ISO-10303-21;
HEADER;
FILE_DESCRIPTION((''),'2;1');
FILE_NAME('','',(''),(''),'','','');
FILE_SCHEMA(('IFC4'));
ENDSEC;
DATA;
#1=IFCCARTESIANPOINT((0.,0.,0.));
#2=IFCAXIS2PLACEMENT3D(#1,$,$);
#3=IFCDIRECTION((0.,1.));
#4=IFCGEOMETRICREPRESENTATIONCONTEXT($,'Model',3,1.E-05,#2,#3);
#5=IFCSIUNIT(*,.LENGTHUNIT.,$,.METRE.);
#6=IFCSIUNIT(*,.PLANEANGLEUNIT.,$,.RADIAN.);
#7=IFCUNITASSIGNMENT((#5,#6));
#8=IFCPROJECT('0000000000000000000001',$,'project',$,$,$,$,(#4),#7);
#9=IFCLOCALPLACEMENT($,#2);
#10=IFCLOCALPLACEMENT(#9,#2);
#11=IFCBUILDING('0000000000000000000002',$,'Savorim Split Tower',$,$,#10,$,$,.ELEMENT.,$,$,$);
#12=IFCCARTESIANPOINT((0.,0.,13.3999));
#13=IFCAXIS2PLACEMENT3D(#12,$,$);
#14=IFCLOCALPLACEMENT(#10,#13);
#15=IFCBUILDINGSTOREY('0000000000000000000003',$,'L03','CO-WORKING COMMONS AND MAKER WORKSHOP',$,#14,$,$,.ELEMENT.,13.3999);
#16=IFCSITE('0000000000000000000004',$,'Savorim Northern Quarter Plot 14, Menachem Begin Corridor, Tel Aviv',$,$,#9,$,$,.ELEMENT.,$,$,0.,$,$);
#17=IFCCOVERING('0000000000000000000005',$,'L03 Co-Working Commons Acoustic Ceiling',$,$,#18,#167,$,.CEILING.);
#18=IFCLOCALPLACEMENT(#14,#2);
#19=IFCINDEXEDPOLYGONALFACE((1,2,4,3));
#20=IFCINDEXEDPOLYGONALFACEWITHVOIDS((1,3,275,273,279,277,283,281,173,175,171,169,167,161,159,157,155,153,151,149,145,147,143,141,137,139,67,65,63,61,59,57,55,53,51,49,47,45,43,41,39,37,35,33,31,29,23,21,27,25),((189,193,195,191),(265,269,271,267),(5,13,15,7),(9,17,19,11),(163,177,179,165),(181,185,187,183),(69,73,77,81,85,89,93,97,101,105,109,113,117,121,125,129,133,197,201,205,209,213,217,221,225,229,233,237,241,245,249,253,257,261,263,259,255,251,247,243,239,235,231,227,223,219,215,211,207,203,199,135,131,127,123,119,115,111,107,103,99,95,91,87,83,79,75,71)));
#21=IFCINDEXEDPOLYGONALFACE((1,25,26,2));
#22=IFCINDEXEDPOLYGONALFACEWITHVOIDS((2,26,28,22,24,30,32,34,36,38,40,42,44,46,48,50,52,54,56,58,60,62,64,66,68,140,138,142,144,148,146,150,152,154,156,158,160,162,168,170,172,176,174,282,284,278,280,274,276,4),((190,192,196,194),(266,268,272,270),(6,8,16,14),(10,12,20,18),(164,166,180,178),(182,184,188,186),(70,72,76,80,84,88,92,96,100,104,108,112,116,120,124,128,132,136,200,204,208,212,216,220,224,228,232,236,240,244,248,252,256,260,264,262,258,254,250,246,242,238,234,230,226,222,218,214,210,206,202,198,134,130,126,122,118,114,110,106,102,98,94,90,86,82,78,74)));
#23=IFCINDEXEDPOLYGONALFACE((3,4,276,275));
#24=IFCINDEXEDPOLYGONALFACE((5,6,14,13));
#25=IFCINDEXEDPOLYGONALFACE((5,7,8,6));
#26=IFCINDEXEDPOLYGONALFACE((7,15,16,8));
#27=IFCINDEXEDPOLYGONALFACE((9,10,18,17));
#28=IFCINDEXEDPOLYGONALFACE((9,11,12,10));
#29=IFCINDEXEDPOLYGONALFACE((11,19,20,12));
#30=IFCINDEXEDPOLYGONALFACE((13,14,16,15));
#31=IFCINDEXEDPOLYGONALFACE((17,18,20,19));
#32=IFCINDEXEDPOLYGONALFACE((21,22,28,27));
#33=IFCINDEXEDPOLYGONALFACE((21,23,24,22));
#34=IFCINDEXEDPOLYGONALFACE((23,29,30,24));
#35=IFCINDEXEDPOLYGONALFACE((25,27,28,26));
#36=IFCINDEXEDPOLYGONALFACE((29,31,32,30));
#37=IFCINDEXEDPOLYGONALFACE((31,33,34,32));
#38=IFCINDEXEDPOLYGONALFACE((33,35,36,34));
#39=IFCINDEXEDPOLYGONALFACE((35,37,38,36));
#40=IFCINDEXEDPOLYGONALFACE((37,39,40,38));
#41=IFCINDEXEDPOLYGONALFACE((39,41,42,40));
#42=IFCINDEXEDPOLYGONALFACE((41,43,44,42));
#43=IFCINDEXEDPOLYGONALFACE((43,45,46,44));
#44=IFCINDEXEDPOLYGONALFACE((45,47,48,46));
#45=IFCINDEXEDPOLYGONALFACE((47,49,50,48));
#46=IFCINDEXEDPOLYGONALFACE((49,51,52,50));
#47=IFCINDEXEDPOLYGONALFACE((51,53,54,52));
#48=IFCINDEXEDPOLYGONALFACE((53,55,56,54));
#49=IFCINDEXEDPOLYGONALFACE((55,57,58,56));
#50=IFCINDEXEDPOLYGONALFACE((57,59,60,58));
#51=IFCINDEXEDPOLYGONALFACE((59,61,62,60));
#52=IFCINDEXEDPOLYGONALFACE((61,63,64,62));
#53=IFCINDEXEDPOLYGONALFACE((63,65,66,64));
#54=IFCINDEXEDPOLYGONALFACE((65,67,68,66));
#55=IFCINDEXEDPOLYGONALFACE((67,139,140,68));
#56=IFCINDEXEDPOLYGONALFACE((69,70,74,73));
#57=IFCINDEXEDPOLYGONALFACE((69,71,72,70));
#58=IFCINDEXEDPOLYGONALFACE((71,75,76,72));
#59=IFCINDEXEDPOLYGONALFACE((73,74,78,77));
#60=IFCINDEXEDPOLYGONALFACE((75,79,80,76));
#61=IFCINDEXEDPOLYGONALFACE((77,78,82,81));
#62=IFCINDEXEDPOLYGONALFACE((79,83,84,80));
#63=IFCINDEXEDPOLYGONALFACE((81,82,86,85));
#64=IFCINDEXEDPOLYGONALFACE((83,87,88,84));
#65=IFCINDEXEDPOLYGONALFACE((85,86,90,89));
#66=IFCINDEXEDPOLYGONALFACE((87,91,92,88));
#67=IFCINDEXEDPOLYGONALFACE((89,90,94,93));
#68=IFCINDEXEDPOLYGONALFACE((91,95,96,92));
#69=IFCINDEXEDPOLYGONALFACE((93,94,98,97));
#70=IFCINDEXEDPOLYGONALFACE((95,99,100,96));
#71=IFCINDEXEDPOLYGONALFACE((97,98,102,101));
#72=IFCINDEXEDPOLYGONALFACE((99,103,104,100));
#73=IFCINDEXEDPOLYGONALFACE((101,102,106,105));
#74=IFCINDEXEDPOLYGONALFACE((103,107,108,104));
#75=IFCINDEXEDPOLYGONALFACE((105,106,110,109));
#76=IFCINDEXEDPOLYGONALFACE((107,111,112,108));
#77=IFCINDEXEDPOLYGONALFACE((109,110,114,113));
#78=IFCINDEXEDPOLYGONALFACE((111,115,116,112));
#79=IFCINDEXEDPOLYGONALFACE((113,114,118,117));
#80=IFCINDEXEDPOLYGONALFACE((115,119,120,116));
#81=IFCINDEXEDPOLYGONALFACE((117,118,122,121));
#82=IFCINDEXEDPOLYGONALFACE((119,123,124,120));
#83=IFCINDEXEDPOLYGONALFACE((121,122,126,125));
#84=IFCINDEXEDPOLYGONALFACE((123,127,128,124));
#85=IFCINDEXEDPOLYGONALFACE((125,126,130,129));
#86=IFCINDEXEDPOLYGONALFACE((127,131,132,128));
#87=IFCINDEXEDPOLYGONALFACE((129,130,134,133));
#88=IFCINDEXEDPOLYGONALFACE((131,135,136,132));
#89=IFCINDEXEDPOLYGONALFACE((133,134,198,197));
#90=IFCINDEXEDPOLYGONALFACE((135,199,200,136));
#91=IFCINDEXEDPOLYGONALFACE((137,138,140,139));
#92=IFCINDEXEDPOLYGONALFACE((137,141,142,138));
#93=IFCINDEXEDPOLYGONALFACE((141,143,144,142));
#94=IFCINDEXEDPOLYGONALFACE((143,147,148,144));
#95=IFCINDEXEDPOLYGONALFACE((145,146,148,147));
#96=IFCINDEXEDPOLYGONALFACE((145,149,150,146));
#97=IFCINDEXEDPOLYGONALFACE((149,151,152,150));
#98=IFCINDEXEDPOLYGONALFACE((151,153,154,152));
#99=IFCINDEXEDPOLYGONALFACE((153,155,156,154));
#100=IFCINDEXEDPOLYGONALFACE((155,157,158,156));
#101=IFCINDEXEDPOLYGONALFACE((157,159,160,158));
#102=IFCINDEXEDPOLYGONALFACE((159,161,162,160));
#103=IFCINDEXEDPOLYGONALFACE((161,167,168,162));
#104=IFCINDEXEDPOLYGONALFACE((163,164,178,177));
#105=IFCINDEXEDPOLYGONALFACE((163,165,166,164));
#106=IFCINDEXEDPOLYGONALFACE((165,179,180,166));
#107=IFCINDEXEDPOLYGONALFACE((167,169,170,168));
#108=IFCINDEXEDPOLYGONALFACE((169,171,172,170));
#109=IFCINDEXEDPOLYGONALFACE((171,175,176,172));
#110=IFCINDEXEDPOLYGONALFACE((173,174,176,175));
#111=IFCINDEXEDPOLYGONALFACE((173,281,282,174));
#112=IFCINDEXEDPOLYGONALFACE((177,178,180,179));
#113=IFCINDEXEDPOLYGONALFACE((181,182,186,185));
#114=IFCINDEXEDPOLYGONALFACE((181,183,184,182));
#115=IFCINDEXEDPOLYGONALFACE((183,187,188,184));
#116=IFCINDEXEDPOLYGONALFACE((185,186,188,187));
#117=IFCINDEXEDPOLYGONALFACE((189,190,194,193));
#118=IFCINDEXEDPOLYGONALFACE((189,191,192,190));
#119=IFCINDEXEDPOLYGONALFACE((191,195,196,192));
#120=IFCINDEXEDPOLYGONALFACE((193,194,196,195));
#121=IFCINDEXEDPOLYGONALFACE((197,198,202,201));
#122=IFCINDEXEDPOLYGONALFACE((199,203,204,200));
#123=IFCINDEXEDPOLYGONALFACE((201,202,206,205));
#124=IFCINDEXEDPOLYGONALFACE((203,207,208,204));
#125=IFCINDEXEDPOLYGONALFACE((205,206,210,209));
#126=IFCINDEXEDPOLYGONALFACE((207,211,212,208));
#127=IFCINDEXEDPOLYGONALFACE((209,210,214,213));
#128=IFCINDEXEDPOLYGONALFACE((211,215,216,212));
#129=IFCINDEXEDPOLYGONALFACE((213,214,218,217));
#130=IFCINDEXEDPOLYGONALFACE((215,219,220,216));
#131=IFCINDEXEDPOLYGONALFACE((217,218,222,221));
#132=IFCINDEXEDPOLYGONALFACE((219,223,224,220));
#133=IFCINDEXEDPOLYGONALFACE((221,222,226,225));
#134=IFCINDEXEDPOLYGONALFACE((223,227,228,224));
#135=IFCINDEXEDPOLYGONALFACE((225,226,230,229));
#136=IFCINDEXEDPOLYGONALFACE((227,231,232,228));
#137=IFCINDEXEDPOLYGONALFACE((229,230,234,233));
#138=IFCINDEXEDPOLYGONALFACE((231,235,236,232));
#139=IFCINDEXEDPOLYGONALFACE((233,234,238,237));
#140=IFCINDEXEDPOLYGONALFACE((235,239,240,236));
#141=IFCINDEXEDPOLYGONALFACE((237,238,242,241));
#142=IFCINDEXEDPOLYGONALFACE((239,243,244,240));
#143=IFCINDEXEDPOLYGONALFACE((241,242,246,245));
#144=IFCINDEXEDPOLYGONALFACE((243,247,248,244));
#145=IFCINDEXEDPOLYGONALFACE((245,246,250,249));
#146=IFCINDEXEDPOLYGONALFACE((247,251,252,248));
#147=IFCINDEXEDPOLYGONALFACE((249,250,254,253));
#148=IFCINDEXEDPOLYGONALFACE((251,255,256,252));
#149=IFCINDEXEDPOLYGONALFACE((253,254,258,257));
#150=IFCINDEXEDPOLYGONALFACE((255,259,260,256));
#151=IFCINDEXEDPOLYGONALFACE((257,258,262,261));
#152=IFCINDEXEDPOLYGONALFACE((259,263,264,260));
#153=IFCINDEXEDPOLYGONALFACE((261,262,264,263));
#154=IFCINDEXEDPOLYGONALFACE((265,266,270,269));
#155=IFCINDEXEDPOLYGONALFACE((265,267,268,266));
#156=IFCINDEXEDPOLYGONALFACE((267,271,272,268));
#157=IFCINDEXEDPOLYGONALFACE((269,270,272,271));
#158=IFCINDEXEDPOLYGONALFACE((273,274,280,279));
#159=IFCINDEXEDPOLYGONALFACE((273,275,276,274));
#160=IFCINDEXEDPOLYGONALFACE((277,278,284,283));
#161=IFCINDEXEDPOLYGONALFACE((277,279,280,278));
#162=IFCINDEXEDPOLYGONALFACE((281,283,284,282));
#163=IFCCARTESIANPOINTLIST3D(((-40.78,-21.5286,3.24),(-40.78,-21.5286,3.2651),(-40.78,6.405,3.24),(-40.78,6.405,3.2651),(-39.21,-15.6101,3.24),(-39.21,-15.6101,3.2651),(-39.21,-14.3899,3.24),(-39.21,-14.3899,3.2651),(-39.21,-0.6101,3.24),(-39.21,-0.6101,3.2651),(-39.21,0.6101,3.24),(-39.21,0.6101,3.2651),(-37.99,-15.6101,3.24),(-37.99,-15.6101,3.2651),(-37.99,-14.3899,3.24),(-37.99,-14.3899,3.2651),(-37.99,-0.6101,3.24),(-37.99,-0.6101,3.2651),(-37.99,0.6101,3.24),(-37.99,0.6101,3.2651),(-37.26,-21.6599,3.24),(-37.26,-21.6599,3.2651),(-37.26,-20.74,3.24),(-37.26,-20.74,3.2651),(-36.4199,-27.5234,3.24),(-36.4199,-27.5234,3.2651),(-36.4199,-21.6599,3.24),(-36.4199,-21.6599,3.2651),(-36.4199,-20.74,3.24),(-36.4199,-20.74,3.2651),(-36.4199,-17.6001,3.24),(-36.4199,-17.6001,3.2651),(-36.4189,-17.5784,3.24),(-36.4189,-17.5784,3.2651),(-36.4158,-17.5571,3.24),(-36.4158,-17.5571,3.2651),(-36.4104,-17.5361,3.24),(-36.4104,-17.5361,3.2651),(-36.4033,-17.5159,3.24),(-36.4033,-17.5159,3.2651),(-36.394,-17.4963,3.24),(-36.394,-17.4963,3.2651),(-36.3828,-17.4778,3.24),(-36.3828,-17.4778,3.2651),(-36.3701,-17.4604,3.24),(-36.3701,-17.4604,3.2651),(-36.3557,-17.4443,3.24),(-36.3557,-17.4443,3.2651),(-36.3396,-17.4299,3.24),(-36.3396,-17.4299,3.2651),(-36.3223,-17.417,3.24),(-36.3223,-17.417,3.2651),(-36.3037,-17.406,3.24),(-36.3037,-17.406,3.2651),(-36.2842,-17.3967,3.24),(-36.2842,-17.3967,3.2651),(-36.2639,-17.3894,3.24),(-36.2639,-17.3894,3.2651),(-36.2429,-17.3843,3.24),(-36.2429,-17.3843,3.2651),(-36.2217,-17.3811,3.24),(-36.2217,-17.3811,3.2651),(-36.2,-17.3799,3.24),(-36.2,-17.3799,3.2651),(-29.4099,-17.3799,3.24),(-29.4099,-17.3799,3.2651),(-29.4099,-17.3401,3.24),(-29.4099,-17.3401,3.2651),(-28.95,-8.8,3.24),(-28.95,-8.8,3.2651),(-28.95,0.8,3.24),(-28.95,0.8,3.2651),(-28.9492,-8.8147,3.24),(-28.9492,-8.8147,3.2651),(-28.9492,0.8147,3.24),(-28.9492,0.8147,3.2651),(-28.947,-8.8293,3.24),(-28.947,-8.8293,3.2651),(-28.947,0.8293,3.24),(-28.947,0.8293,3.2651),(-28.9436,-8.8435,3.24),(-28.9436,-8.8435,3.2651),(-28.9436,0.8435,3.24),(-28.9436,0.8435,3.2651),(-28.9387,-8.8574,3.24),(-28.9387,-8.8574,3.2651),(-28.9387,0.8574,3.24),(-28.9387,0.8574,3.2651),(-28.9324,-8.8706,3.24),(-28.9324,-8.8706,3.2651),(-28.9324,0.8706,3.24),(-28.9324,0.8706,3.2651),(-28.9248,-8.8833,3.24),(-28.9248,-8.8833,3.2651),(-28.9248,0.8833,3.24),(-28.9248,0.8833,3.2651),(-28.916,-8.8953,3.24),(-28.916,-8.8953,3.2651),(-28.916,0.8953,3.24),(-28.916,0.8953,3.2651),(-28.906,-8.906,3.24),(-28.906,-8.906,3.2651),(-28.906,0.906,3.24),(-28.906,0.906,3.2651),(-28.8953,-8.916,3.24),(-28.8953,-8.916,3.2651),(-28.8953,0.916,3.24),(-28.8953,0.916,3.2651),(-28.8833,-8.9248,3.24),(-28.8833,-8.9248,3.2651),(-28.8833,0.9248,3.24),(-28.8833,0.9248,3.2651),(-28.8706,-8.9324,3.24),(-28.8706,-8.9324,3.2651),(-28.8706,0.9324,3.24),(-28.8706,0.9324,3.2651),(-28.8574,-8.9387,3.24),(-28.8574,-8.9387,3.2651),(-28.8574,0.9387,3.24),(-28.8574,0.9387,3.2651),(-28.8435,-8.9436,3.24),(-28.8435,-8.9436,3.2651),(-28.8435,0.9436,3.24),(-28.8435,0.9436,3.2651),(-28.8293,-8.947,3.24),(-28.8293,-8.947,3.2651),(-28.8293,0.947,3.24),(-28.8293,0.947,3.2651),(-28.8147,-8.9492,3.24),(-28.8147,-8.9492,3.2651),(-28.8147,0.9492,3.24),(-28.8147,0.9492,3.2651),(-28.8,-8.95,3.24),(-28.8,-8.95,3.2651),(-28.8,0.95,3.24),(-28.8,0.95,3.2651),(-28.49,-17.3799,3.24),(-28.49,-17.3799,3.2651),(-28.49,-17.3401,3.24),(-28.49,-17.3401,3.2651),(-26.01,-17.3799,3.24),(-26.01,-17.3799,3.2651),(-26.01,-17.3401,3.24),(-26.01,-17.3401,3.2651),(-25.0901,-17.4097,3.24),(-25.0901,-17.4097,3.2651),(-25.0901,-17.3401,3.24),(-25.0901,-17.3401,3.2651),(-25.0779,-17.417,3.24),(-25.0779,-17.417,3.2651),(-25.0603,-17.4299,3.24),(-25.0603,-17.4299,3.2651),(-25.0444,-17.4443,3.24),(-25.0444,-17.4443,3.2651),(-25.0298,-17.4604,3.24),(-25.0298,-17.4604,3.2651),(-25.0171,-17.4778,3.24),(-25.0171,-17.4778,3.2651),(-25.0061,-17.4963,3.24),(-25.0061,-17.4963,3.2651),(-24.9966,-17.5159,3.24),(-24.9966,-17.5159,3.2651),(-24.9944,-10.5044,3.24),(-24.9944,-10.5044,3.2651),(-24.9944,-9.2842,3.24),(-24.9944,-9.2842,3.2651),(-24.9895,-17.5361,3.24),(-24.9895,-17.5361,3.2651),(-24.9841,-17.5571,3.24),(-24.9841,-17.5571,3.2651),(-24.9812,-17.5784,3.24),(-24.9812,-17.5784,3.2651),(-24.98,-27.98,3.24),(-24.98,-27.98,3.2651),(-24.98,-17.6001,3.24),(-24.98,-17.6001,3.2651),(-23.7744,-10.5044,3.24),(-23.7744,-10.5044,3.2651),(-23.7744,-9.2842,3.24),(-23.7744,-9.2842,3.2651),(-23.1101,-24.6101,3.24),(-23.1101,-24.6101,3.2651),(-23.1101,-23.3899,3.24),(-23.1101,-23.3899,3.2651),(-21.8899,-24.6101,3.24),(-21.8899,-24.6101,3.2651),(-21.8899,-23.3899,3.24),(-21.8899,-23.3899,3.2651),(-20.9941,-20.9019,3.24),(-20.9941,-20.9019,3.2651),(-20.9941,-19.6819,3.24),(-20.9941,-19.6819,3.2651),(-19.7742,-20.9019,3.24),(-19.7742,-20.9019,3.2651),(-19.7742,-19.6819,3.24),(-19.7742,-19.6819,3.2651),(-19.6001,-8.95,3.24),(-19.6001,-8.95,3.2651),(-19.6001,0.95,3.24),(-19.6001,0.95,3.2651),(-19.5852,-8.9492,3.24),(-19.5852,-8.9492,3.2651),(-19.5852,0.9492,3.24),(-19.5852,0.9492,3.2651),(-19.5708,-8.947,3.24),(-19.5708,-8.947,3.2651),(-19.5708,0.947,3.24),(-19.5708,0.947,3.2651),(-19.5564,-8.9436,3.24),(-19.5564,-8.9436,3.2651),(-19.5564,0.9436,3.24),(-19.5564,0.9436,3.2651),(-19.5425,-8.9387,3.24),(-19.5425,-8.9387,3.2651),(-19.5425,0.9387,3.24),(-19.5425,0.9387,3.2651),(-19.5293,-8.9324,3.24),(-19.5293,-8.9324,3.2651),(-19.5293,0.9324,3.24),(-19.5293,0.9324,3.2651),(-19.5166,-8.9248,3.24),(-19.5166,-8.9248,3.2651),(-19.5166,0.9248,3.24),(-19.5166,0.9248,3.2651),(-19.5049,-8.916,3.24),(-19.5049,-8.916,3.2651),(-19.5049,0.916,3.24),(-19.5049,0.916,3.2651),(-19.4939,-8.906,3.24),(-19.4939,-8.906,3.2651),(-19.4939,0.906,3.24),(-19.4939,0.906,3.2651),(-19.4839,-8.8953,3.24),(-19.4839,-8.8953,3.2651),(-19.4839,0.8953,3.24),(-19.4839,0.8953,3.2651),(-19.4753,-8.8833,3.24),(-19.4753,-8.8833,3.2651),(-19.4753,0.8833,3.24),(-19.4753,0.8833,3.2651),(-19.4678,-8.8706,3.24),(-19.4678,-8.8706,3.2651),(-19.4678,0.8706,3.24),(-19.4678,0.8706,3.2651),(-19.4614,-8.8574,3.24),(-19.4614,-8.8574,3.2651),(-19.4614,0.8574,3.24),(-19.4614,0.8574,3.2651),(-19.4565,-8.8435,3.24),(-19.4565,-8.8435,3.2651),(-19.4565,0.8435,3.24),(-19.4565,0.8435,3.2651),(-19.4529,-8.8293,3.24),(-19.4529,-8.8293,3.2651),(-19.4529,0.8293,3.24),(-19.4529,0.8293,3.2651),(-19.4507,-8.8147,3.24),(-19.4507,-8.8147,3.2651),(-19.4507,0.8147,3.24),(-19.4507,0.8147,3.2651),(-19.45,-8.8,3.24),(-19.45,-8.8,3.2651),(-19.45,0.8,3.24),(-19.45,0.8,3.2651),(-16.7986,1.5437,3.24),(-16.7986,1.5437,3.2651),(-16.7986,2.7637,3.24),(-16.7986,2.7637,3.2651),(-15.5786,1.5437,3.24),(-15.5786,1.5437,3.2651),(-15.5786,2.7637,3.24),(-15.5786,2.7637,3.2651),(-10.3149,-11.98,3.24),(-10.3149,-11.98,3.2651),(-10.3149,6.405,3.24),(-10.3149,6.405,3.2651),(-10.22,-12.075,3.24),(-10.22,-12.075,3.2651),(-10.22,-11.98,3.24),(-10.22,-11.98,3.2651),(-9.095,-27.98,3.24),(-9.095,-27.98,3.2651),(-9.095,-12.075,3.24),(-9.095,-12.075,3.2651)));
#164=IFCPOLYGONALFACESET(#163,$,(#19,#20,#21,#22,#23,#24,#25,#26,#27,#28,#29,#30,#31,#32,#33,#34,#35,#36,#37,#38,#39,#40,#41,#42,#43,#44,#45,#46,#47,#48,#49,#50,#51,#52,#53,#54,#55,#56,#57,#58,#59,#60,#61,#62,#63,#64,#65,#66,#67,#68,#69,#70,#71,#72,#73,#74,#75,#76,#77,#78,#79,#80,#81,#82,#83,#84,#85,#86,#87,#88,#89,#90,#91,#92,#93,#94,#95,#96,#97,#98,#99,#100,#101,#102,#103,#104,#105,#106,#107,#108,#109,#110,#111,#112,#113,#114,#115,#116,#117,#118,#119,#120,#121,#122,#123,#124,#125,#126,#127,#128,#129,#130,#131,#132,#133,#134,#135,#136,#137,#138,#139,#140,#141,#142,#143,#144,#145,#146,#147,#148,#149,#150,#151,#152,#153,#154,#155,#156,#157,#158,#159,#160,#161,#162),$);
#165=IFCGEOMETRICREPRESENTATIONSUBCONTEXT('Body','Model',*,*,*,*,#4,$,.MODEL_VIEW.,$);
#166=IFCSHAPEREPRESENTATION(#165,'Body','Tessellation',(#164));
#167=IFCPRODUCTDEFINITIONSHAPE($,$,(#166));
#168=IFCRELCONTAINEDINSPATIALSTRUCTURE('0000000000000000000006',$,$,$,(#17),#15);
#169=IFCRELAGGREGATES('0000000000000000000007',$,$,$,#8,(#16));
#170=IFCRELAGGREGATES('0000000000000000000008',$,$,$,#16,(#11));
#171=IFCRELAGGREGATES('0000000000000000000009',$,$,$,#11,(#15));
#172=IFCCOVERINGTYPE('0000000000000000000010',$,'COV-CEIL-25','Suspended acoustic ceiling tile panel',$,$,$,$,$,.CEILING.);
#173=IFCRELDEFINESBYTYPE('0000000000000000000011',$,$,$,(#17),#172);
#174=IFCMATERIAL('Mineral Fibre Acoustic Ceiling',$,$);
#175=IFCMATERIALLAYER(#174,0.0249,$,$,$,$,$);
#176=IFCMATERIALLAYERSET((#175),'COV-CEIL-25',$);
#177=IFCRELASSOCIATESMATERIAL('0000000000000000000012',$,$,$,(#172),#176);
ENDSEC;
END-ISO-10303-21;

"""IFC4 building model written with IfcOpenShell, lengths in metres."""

from ifc_helpers import new_model, si_unit, direction, frame, origin, place, context, subcontext, project, spatial, polyline, outline, extrude, material, layer, layer_set, type_object, element, save


model = new_model("IFC4")

# Units and contexts
model_context = context("Model", 3, precision=1e-05, world=origin(), true_north=direction((0.0, 1.0)))
body_context = subcontext(model_context, "Body", "Model", "MODEL_VIEW")
ifc_project = project(units=[si_unit("LENGTHUNIT", "METRE"), si_unit("PLANEANGLEUNIT", "RADIAN")], contexts=[model_context])

# Site, building, storey
site_placement = place(None, origin())
site = spatial("IfcSite", under=ifc_project, at=site_placement, Name="Savorim Northern Quarter Plot 14, Menachem Begin Corridor, Tel Aviv", CompositionType="ELEMENT", RefElevation=0.0)
building_placement = place(site_placement, origin())
building = spatial("IfcBuilding", under=site, at=building_placement, Name="Savorim Split Tower", CompositionType="ELEMENT")
storey_placement = place(building_placement, frame((0.0, 0.0, 13.3999)))
storey = spatial("IfcBuildingStorey", under=building, at=storey_placement, Name="L03", Description="CO-WORKING COMMONS AND MAKER WORKSHOP", CompositionType="ELEMENT", Elevation=13.3999)

# Covering
ifc_material_1 = material(Name="Mineral Fibre Acoustic Ceiling")
ifc_layer_1 = layer(ifc_material_1, 0.0249)
ifc_layer_set_1 = layer_set([ifc_layer_1], Name="COV-CEIL-25")
covering_type_1 = type_object("IfcCoveringType", Name="COV-CEIL-25", Description="Suspended acoustic ceiling tile panel", PredefinedType="CEILING", material=ifc_layer_set_1)
covering_1_placement = place(storey_placement, frame((0.0, 0.0, 3.24)))
element("IfcCovering", 1, at=covering_1_placement, inside=storey, type_object=covering_type_1, Name="L03 Co-Working Commons Acoustic Ceiling", PredefinedType="CEILING", context=body_context, shape_type="SweptSolid", body=[
    extrude(outline(polyline([(-10.3149, 6.405), (-40.78, 6.405), (-40.78, -21.5286), (-36.4199, -27.5234), (-36.4199, -21.6599), (-37.26, -21.6599), (-37.26, -20.74), (-36.4199, -20.74), (-36.4199, -17.6001), (-36.4189, -17.5784), (-36.4158, -17.5571), (-36.4104, -17.5361), (-36.4033, -17.5159), (-36.394, -17.4963), (-36.3828, -17.4778), (-36.3701, -17.4604), (-36.3557, -17.4443), (-36.3396, -17.4299), (-36.3223, -17.417), (-36.3037, -17.406), (-36.2842, -17.3967), (-36.2639, -17.3894), (-36.2429, -17.3843), (-36.2217, -17.3811), (-36.2, -17.3799), (-29.4099, -17.3799), (-29.4099, -17.3401), (-28.49, -17.3401), (-28.49, -17.3799), (-26.01, -17.3799), (-26.01, -17.3401), (-25.0901, -17.3401), (-25.0901, -17.4097), (-25.0779, -17.417), (-25.0603, -17.4299), (-25.0444, -17.4443), (-25.0298, -17.4604), (-25.0171, -17.4778), (-25.0061, -17.4963), (-24.9966, -17.5159), (-24.9895, -17.5361), (-24.9841, -17.5571), (-24.9812, -17.5784), (-24.98, -17.6001), (-24.98, -27.98), (-9.095, -27.98), (-9.095, -12.075), (-10.22, -12.075), (-10.22, -11.98), (-10.3149, -11.98), (-10.3149, 6.405)]), holes=[polyline([(-28.947, -8.8293), (-28.9436, -8.8435), (-28.9387, -8.8574), (-28.9324, -8.8706), (-28.9248, -8.8833), (-28.916, -8.8953), (-28.906, -8.906), (-28.8953, -8.916), (-28.8833, -8.9248), (-28.8706, -8.9324), (-28.8574, -8.9387), (-28.8435, -8.9436), (-28.8293, -8.947), (-28.8147, -8.9492), (-28.8, -8.95), (-19.6001, -8.95), (-19.5852, -8.9492), (-19.5708, -8.947), (-19.5564, -8.9436), (-19.5425, -8.9387), (-19.5293, -8.9324), (-19.5166, -8.9248), (-19.5049, -8.916), (-19.4939, -8.906), (-19.4839, -8.8953), (-19.4753, -8.8833), (-19.4678, -8.8706), (-19.4614, -8.8574), (-19.4565, -8.8435), (-19.4529, -8.8293), (-19.4507, -8.8147), (-19.45, -8.8), (-19.45, 0.8), (-19.4507, 0.8147), (-19.4529, 0.8293), (-19.4565, 0.8435), (-19.4614, 0.8574), (-19.4678, 0.8706), (-19.4753, 0.8833), (-19.4839, 0.8953), (-19.4939, 0.906), (-19.5049, 0.916), (-19.5166, 0.9248), (-19.5293, 0.9324), (-19.5425, 0.9387), (-19.5564, 0.9436), (-19.5708, 0.947), (-19.5852, 0.9492), (-19.6001, 0.95), (-28.8, 0.95), (-28.8147, 0.9492), (-28.8293, 0.947), (-28.8435, 0.9436), (-28.8574, 0.9387), (-28.8706, 0.9324), (-28.8833, 0.9248), (-28.8953, 0.916), (-28.906, 0.906), (-28.916, 0.8953), (-28.9248, 0.8833), (-28.9324, 0.8706), (-28.9387, 0.8574), (-28.9436, 0.8435), (-28.947, 0.8293), (-28.9492, 0.8147), (-28.95, 0.8), (-28.95, -8.8), (-28.9492, -8.8147), (-28.947, -8.8293)]), polyline([(-37.99, 0.6101), (-39.21, 0.6101), (-39.21, -0.6101), (-37.99, -0.6101), (-37.99, 0.6101)]), polyline([(-39.21, -14.3899), (-39.21, -15.6101), (-37.99, -15.6101), (-37.99, -14.3899), (-39.21, -14.3899)]), polyline([(-23.1101, -24.6101), (-21.8899, -24.6101), (-21.8899, -23.3899), (-23.1101, -23.3899), (-23.1101, -24.6101)]), polyline([(-19.7742, -20.9019), (-19.7742, -19.6819), (-20.9941, -19.6819), (-20.9941, -20.9019), (-19.7742, -20.9019)]), polyline([(-15.5786, 1.5437), (-15.5786, 2.7637), (-16.7986, 2.7637), (-16.7986, 1.5437), (-15.5786, 1.5437)]), polyline([(-23.7744, -9.2842), (-24.9944, -9.2842), (-24.9944, -10.5044), (-23.7744, -10.5044), (-23.7744, -9.2842)])]), origin(), (0.0, 0.0, 1.0), 0.0251),
])

save(model, "model.ifc")
